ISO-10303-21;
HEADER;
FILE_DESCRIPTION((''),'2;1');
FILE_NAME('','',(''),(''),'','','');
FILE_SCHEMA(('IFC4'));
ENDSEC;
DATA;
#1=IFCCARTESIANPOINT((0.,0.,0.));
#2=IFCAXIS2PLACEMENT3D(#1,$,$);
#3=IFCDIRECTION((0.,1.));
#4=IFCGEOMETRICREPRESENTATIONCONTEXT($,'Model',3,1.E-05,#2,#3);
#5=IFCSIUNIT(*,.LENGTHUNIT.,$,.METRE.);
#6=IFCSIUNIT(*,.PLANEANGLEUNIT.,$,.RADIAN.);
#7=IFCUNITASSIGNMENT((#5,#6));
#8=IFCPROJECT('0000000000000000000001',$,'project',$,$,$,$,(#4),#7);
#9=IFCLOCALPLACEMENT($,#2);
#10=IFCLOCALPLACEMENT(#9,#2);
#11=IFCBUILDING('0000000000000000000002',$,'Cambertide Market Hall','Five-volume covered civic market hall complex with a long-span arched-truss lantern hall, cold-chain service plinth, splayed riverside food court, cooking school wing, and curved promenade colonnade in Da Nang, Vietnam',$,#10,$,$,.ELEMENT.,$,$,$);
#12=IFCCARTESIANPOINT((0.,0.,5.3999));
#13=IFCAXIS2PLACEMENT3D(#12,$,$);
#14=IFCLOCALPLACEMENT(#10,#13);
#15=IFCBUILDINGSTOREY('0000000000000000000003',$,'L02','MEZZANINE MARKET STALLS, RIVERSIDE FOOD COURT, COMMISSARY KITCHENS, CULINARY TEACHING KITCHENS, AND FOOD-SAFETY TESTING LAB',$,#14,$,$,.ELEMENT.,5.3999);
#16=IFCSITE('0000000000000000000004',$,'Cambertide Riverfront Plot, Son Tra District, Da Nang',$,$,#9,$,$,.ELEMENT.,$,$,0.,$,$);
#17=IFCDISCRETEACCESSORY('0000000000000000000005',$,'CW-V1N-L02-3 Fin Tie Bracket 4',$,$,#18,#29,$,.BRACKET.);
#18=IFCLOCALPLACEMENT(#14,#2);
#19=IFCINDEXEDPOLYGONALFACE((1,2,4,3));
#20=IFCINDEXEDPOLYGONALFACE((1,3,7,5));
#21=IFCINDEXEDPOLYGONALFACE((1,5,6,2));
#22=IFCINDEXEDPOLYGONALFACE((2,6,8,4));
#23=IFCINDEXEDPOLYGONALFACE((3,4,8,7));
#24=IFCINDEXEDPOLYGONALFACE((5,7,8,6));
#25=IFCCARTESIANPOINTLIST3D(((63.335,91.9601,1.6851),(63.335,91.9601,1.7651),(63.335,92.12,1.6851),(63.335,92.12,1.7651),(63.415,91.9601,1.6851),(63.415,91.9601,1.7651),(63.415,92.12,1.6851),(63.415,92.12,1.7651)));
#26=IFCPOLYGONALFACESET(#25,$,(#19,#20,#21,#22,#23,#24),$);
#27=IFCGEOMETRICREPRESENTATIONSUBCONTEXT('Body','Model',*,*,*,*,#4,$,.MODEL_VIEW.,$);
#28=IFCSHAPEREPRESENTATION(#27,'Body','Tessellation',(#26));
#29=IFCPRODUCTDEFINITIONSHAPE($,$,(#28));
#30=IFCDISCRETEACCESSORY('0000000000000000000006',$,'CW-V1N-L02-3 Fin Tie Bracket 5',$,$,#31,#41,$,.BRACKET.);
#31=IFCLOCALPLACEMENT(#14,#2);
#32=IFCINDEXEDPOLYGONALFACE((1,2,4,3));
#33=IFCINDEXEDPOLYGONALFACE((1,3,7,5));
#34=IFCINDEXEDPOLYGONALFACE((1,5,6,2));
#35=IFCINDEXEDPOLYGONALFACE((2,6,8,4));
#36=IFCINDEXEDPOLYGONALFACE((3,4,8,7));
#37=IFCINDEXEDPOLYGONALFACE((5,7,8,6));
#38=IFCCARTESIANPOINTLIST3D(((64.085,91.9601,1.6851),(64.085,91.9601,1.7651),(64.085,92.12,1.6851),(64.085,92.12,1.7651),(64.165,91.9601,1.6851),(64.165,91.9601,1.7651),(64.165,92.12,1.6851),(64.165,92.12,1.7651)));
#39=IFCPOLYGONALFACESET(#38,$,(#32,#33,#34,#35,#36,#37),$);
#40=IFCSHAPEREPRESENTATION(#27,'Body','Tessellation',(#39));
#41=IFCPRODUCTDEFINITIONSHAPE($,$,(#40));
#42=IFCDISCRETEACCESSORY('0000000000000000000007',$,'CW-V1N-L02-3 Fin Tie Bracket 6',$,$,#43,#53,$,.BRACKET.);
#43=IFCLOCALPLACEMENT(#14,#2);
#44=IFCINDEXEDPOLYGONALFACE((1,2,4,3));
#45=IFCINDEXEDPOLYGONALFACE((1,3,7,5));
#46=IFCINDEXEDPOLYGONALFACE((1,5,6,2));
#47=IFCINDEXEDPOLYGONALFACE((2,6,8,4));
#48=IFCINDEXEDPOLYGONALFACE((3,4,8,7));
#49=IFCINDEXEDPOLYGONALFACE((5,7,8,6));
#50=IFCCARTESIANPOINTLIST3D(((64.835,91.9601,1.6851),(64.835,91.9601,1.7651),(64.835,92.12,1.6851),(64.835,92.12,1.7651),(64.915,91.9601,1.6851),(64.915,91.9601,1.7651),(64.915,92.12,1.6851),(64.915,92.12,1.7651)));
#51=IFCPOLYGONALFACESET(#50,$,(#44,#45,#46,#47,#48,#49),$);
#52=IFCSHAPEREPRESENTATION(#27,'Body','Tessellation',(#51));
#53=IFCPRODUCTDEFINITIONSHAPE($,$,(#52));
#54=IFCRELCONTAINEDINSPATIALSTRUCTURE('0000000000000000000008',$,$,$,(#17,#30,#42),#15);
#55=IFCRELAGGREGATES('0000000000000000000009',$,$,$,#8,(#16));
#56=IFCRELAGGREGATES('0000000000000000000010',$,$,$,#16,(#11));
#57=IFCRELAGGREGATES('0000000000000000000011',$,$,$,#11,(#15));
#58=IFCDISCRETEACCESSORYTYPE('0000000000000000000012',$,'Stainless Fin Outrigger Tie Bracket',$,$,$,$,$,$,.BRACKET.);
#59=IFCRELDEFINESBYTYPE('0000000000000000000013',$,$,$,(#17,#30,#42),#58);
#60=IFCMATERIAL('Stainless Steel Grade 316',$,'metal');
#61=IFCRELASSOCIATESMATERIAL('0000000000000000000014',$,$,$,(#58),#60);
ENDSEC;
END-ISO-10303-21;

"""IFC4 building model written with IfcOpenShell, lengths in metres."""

from ifc_helpers import new_model, si_unit, direction, frame, origin, origin_2d, place, context, subcontext, project, spatial, rectangle, extrude, material, type_object, element, save


model = new_model("IFC4")

# Units and contexts
model_context = context("Model", 3, precision=1e-05, world=origin(), true_north=direction((0.0, 1.0)))
body_context = subcontext(model_context, "Body", "Model", "MODEL_VIEW")
ifc_project = project(units=[si_unit("LENGTHUNIT", "METRE"), si_unit("PLANEANGLEUNIT", "RADIAN")], contexts=[model_context])

# Site, building, storey
site_placement = place(None, origin())
site = spatial("IfcSite", under=ifc_project, at=site_placement, Name="Cambertide Riverfront Plot, Son Tra District, Da Nang", CompositionType="ELEMENT", RefElevation=0.0)
building_placement = place(site_placement, origin())
building = spatial("IfcBuilding", under=site, at=building_placement, Name="Cambertide Market Hall", Description="Five-volume covered civic market hall complex with a long-span arched-truss lantern hall, cold-chain service plinth, splayed riverside food court, cooking school wing, and curved promenade colonnade in Da Nang, Vietnam", CompositionType="ELEMENT")
storey_placement = place(building_placement, frame((0.0, 0.0, 5.3999)))
storey = spatial("IfcBuildingStorey", under=building, at=storey_placement, Name="L02", Description="MEZZANINE MARKET STALLS, RIVERSIDE FOOD COURT, COMMISSARY KITCHENS, CULINARY TEACHING KITCHENS, AND FOOD-SAFETY TESTING LAB", CompositionType="ELEMENT", Elevation=5.3999)

# Discrete accessories
ifc_material_1 = material(Name="Stainless Steel Grade 316", Category="metal")
discrete_accessory_type = type_object("IfcDiscreteAccessoryType", Name="Stainless Fin Outrigger Tie Bracket", PredefinedType="BRACKET", material=ifc_material_1)
for number, where, z_axis, x_axis, name in (
    (1, (63.375, 92.04, 1.6851), (0.0, 0.0, 1.0), (1.0, 0.0, 0.0), "CW-V1N-L02-3 Fin Tie Bracket 4"),
    (2, (64.125, 92.04, 1.6851), (0.0, 0.0, 1.0), (1.0, 0.0, 0.0), "CW-V1N-L02-3 Fin Tie Bracket 5"),
    (3, (64.875, 92.04, 1.6851), (0.0, 0.0, 1.0), (1.0, 0.0, 0.0), "CW-V1N-L02-3 Fin Tie Bracket 6"),
):
    element("IfcDiscreteAccessory", number, at=place(storey_placement, frame(where, z_axis=z_axis, x_axis=x_axis)), inside=storey, type_object=discrete_accessory_type, Name=name, PredefinedType="BRACKET", context=body_context, shape_type="SweptSolid", body=[
        extrude(rectangle(XDim=0.0801, YDim=0.1599, at=origin_2d()), origin(), (0.0, 0.0, 1.0), 0.0801),
    ])

save(model, "model.ifc")
